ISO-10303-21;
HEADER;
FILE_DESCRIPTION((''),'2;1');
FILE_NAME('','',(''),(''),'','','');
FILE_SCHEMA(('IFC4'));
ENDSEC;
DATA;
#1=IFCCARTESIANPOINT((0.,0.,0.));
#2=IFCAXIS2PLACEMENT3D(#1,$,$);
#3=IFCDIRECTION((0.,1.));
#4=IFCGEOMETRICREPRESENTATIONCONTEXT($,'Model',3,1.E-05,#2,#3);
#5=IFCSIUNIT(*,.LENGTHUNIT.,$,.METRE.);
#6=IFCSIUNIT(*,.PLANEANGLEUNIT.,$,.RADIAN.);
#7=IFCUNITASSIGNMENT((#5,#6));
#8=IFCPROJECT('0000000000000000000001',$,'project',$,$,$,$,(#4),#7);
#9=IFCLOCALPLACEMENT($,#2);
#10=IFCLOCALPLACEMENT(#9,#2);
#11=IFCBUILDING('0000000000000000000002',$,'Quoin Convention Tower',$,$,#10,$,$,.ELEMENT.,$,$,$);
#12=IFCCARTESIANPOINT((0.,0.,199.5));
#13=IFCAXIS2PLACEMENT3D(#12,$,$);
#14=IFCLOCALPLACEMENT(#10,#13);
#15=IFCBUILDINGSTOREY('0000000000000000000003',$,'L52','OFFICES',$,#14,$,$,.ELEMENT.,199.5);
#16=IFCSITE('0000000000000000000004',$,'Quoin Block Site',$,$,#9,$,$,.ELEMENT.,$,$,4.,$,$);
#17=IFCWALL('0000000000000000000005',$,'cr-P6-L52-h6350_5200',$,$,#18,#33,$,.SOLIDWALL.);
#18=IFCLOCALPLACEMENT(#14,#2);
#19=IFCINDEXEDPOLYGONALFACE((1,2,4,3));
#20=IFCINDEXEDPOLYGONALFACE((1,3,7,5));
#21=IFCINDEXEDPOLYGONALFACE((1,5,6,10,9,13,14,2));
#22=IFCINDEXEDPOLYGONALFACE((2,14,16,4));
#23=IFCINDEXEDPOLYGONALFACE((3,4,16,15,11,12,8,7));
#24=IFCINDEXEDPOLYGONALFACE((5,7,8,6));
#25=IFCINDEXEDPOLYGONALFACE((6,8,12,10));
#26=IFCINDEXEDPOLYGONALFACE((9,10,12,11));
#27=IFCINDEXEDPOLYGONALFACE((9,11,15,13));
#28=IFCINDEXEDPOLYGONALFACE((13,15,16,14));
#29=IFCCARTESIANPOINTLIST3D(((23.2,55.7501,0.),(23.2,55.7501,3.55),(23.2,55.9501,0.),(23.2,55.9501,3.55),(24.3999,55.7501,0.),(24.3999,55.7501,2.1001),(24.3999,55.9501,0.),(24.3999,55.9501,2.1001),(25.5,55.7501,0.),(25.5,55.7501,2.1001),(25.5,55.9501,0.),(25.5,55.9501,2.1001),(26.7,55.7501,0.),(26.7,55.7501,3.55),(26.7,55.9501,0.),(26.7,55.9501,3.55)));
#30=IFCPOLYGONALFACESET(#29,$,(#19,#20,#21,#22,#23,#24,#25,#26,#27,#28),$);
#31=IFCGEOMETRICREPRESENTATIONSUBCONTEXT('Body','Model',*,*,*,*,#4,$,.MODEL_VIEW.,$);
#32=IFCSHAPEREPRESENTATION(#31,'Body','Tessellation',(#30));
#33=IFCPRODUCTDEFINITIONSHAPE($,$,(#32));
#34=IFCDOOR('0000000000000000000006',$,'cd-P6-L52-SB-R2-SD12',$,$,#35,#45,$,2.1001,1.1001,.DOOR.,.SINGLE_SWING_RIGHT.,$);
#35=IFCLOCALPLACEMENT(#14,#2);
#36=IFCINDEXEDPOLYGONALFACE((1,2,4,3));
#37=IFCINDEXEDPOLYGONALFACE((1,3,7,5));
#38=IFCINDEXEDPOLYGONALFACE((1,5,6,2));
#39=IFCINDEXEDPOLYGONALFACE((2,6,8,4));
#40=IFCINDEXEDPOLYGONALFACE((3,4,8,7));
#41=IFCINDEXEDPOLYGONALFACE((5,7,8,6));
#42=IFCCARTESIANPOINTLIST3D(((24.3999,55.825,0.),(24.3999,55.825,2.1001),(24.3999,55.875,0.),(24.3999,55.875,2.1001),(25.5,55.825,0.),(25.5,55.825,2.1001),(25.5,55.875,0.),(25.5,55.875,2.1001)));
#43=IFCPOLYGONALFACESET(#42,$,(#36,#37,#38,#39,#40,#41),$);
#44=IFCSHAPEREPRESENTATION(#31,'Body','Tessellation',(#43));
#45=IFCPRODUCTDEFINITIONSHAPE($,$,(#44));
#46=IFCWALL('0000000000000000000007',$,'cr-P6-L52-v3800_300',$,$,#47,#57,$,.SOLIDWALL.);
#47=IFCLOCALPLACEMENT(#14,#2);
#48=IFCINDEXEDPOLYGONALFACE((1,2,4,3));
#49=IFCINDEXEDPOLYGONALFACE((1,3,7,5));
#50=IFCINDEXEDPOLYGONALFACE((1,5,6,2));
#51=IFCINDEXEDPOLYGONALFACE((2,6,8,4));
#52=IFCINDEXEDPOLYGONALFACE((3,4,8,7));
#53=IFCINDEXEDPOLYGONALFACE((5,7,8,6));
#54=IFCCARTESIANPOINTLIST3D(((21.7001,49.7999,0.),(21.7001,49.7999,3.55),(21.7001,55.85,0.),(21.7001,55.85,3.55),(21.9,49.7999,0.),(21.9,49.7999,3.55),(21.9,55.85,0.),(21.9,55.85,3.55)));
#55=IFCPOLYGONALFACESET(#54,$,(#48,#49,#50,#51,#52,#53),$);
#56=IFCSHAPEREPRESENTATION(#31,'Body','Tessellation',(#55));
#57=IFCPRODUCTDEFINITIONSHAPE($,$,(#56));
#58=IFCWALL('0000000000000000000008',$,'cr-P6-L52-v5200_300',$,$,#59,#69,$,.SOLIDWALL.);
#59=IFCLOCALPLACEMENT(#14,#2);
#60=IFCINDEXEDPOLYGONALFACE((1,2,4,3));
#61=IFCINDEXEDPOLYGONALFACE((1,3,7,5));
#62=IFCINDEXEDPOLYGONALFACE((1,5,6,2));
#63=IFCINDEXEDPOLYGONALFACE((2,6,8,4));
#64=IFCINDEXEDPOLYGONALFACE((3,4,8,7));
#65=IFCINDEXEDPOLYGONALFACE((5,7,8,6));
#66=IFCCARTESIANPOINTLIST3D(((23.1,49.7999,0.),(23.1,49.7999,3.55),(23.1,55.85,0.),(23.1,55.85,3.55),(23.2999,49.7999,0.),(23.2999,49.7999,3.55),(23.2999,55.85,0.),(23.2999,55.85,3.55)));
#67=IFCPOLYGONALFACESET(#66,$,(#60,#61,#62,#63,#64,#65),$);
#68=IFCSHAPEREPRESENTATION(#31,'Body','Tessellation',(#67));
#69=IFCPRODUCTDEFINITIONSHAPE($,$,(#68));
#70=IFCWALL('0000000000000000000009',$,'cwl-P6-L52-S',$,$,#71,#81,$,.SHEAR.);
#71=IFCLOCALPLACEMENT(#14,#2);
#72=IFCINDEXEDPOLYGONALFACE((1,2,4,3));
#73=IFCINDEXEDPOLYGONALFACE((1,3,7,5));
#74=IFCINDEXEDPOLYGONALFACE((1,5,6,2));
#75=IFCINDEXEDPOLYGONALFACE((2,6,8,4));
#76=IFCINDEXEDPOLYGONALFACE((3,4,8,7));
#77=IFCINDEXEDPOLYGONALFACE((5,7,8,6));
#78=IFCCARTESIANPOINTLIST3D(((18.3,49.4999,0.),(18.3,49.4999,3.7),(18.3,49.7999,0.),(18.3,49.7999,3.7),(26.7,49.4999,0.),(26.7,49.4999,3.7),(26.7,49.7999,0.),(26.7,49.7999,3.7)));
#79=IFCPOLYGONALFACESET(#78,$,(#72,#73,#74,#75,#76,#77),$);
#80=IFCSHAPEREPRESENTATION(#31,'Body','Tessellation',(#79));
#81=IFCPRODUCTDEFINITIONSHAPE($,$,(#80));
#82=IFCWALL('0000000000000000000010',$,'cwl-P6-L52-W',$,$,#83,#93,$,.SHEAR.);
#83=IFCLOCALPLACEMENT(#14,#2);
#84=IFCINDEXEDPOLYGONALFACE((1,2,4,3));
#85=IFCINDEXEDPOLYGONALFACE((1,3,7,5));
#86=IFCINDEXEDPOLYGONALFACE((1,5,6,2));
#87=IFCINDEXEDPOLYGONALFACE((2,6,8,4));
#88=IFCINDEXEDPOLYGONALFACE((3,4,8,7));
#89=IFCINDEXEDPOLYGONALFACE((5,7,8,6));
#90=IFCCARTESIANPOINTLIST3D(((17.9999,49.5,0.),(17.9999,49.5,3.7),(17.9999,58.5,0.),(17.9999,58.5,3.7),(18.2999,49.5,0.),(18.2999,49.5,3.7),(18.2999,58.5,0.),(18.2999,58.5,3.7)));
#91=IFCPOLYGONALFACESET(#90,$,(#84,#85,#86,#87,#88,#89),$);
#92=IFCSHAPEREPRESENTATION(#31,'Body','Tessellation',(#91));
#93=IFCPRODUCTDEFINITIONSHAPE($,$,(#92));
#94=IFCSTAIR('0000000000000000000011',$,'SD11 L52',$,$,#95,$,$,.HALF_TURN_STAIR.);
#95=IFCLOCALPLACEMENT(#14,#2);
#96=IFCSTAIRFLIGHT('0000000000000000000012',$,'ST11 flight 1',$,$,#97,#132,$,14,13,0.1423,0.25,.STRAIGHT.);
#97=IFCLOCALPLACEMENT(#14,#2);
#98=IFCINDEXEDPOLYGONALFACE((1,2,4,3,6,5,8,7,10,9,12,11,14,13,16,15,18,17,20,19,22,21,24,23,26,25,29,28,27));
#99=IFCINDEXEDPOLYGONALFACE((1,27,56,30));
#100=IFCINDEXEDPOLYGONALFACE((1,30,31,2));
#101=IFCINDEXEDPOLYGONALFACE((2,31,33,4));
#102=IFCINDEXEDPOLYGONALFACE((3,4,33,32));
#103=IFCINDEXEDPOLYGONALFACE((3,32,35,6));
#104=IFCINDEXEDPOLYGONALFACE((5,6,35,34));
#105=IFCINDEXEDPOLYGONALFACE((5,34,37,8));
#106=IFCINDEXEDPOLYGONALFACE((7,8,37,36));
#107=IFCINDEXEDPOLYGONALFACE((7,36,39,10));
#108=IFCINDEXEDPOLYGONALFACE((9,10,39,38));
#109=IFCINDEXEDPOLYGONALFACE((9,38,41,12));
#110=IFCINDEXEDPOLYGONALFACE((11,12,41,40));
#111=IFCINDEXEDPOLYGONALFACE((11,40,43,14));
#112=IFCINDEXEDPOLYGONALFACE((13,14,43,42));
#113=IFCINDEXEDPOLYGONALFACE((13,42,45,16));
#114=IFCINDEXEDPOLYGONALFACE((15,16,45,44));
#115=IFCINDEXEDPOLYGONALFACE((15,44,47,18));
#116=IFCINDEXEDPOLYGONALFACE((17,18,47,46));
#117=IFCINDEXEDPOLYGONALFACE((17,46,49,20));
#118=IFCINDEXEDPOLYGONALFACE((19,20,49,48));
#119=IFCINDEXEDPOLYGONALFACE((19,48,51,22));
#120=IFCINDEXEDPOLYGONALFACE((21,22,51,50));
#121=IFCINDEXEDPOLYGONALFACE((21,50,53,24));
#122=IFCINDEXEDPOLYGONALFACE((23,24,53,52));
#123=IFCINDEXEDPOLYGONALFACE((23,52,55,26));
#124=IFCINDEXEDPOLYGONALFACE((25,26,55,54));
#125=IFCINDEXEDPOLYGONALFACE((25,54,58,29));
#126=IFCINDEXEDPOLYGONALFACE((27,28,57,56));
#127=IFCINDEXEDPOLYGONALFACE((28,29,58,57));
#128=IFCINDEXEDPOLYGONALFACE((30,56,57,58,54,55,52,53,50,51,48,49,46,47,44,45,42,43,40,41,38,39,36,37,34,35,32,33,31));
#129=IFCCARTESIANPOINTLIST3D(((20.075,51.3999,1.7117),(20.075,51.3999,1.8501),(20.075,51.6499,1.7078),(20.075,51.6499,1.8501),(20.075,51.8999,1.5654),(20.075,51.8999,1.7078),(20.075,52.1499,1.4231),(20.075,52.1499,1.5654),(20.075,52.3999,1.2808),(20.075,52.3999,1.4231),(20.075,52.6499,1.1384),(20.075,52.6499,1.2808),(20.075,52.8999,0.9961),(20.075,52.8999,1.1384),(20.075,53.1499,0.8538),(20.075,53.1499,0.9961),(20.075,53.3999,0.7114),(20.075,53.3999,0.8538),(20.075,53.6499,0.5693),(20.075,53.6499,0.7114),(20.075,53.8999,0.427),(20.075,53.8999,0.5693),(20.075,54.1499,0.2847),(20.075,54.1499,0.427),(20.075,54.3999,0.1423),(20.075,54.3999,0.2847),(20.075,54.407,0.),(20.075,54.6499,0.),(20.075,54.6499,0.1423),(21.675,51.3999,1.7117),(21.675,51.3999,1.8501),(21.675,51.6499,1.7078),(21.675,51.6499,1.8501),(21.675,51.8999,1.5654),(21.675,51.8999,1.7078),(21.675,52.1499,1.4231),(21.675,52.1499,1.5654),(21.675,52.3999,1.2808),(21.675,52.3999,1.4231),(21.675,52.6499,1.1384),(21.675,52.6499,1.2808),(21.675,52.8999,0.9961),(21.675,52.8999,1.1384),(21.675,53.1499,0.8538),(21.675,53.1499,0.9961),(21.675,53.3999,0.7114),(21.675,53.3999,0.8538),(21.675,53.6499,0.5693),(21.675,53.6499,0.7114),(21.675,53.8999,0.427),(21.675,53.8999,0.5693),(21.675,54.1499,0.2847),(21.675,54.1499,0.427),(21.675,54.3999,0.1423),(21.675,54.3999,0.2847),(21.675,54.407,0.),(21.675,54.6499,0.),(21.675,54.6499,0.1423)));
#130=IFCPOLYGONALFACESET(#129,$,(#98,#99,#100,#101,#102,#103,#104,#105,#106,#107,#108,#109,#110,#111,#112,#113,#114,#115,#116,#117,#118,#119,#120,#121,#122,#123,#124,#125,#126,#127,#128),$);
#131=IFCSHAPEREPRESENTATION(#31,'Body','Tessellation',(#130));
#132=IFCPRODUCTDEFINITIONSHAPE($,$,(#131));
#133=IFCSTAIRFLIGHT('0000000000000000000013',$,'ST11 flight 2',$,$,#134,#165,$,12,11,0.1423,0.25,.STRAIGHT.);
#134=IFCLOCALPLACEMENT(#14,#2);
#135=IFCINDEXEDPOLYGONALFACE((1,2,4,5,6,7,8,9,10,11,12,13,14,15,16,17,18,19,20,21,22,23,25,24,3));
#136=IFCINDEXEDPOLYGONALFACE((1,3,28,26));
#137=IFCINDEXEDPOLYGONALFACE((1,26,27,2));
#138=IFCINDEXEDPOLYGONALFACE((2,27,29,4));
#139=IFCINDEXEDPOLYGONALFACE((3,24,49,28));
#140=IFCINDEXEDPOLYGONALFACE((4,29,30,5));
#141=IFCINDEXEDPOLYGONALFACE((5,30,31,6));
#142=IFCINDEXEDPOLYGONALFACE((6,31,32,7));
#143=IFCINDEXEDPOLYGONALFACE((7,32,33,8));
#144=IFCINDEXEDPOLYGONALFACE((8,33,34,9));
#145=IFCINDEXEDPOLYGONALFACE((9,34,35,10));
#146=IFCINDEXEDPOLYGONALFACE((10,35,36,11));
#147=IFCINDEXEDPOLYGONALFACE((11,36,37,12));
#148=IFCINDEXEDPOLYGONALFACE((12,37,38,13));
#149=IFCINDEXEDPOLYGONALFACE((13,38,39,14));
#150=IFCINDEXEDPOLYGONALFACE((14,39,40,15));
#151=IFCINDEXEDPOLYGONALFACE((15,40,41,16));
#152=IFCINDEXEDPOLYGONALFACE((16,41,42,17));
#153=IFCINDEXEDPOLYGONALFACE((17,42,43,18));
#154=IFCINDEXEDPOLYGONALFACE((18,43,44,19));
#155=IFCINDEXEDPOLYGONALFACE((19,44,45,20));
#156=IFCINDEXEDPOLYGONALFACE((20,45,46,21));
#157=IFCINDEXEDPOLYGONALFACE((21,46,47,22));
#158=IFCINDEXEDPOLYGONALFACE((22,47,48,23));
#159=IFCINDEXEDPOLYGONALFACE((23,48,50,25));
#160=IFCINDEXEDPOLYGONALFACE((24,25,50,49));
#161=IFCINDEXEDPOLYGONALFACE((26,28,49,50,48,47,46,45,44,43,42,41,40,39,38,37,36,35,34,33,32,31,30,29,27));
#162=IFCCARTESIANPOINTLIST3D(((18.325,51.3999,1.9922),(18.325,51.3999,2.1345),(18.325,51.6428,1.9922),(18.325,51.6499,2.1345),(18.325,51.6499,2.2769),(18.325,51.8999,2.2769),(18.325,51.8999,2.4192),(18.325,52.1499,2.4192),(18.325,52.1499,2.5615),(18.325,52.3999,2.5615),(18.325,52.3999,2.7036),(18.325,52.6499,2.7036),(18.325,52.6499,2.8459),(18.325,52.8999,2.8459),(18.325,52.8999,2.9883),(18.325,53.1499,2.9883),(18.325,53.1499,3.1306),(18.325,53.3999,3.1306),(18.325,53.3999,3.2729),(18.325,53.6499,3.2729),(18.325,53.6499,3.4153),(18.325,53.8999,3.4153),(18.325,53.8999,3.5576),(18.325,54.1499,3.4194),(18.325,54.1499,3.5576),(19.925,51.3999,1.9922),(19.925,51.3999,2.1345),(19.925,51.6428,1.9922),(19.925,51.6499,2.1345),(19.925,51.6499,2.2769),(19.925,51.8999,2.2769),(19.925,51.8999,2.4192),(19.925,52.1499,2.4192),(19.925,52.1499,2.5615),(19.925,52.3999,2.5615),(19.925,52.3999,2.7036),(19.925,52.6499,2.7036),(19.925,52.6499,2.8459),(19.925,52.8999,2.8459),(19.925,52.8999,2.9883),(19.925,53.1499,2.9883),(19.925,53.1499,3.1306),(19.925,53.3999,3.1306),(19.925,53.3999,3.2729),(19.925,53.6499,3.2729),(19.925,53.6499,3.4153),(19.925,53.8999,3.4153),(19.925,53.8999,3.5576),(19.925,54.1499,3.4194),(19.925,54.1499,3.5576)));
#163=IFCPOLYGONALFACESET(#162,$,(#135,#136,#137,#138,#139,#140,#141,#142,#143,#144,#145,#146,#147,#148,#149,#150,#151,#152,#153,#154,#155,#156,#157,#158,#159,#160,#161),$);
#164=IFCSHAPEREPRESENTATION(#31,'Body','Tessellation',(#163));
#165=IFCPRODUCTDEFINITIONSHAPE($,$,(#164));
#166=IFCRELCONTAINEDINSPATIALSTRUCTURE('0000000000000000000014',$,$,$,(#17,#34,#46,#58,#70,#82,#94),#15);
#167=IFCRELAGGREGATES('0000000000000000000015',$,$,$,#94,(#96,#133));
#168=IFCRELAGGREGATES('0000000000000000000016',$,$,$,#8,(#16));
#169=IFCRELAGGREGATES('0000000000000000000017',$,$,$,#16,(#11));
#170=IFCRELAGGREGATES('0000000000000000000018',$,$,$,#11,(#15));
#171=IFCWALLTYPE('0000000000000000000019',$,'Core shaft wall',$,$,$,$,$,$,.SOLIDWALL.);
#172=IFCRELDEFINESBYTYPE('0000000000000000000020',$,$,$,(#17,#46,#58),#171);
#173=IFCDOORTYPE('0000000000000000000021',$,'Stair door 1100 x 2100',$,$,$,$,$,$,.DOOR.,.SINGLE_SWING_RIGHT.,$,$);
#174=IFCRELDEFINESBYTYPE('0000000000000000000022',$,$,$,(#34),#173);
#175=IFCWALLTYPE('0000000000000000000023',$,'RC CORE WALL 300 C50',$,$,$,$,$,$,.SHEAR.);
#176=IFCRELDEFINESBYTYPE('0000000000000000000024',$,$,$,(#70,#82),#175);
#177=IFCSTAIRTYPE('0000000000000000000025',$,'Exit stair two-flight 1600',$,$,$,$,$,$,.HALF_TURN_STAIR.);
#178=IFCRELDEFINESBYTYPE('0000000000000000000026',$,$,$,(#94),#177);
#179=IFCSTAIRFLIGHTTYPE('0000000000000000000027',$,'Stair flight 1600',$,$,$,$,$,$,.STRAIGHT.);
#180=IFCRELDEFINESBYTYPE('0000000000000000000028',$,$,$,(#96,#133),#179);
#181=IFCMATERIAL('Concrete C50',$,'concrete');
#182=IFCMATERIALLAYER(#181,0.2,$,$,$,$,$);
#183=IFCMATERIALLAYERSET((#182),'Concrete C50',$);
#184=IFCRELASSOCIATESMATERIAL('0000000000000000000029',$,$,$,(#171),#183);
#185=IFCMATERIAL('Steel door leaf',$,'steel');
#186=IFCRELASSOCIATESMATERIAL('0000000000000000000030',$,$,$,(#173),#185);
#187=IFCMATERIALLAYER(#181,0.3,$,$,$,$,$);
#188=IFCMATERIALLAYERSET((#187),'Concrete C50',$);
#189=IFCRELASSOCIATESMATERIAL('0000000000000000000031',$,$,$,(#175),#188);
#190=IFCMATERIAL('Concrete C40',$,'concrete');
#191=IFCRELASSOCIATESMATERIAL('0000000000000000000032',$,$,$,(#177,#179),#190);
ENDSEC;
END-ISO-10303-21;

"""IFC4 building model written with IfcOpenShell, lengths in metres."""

from ifc_helpers import new_model, si_unit, direction, frame, frame_2d, origin, place, context, subcontext, project, spatial, polyline, rectangle, outline, extrude, material, layer, layer_set, type_object, element, fill, aggregate, save


model = new_model("IFC4")

# Units and contexts
model_context = context("Model", 3, precision=1e-05, world=origin(), true_north=direction((0.0, 1.0)))
body_context = subcontext(model_context, "Body", "Model", "MODEL_VIEW")
ifc_project = project(units=[si_unit("LENGTHUNIT", "METRE"), si_unit("PLANEANGLEUNIT", "RADIAN")], contexts=[model_context])

# Site, building, storey
site_placement = place(None, origin())
site = spatial("IfcSite", under=ifc_project, at=site_placement, Name="Quoin Block Site", CompositionType="ELEMENT", RefElevation=4.0)
building_placement = place(site_placement, origin())
building = spatial("IfcBuilding", under=site, at=building_placement, Name="Quoin Convention Tower", CompositionType="ELEMENT")
storey_placement = place(building_placement, frame((0.0, 0.0, 199.5)))
storey = spatial("IfcBuildingStorey", under=building, at=storey_placement, Name="L52", Description="OFFICES", CompositionType="ELEMENT", Elevation=199.5)

# Shared definitions
ifc_material_1 = material(Name="Concrete C50", Category="concrete")

# Shared definitions
ifc_layer_1 = layer(ifc_material_1, 0.2)
ifc_layer_set_1 = layer_set([ifc_layer_1], Name="Concrete C50")
wall_type_1 = type_object("IfcWallType", Name="Core shaft wall", PredefinedType="SOLIDWALL", material=ifc_layer_set_1)

# Wall, opening, door
ifc_material_2 = material(Name="Steel door leaf", Category="steel")
door_type = type_object("IfcDoorType", Name="Stair door 1100 x 2100", OperationType="SINGLE_SWING_RIGHT", PredefinedType="DOOR", material=ifc_material_2)
wall_1_placement = place(storey_placement, frame((23.2, 55.8501, 0.0), z_axis=(0.0, 0.0, 1.0), x_axis=(1.0, 0.0, 0.0)))
wall_1 = element("IfcWall", 1, at=wall_1_placement, inside=storey, type_object=wall_type_1, Name="cr-P6-L52-h6350_5200", PredefinedType="SOLIDWALL", context=body_context, shape_type="SweptSolid", body=[
    extrude(rectangle(XDim=3.5, YDim=0.2, at=frame_2d((1.75, 0.0))), origin(), (0.0, 0.0, 1.0), 3.55),
])
opening_1_placement = place(wall_1_placement, frame((1.2, 0.0, 0.0)))
opening_1 = element("IfcOpeningElement", 2, at=opening_1_placement, cuts=wall_1, PredefinedType="OPENING", context=body_context, shape_type="SweptSolid", body=[
    extrude(rectangle(XDim=1.1001, YDim=2.1001, at=frame_2d((0.55, 1.05))), frame((0.0, 0.1099, 0.0), z_axis=(0.0, -1.0, 0.0), x_axis=(1.0, 0.0, 0.0)), (0.0, 0.0, 1.0), 0.22),
])
door_1_placement = place(opening_1_placement, origin())
door_1 = element("IfcDoor", 3, at=door_1_placement, inside=storey, type_object=door_type, Name="cd-P6-L52-SB-R2-SD12", OperationType="SINGLE_SWING_RIGHT", OverallHeight=2.1001, OverallWidth=1.1001, PredefinedType="DOOR", context=body_context, shape_type="SweptSolid", body=[
    extrude(rectangle(XDim=1.1001, YDim=2.1001, at=frame_2d((0.55, 1.05))), frame((0.0, 0.0249, 0.0), z_axis=(0.0, -1.0, 0.0), x_axis=(1.0, 0.0, 0.0)), (0.0, 0.0, 1.0), 0.05),
])
fill(opening_1, door_1)

# Walls
for number, where, z_axis, x_axis, name in (
    (4, (21.8, 49.8, 0.0), (0.0, 0.0, 1.0), (0.0, 1.0, 0.0), "cr-P6-L52-v3800_300"),
    (5, (23.2, 49.8, 0.0), (0.0, 0.0, 1.0), (0.0, 1.0, 0.0), "cr-P6-L52-v5200_300"),
):
    element("IfcWall", number, at=place(storey_placement, frame(where, z_axis=z_axis, x_axis=x_axis)), inside=storey, type_object=wall_type_1, Name=name, PredefinedType="SOLIDWALL", context=body_context, shape_type="SweptSolid", body=[
        extrude(rectangle(XDim=6.05, YDim=0.2, at=frame_2d((3.0249, 0.0))), origin(), (0.0, 0.0, 1.0), 3.55),
    ])
ifc_layer_2 = layer(ifc_material_1, 0.3)
ifc_layer_set_2 = layer_set([ifc_layer_2], Name="Concrete C50")
wall_type_2 = type_object("IfcWallType", Name="RC CORE WALL 300 C50", PredefinedType="SHEAR", material=ifc_layer_set_2)
wall_2_placement = place(storey_placement, frame((18.3, 49.6499, 0.0), z_axis=(0.0, 0.0, 1.0), x_axis=(1.0, 0.0, 0.0)))
element("IfcWall", 6, at=wall_2_placement, inside=storey, type_object=wall_type_2, Name="cwl-P6-L52-S", PredefinedType="SHEAR", context=body_context, shape_type="SweptSolid", body=[
    extrude(rectangle(XDim=8.3999, YDim=0.3, at=frame_2d((4.2, 0.0))), origin(), (0.0, 0.0, 1.0), 3.7),
])
wall_3_placement = place(storey_placement, frame((18.1499, 49.5, 0.0), z_axis=(0.0, 0.0, 1.0), x_axis=(0.0, 1.0, 0.0)))
element("IfcWall", 7, at=wall_3_placement, inside=storey, type_object=wall_type_2, Name="cwl-P6-L52-W", PredefinedType="SHEAR", context=body_context, shape_type="SweptSolid", body=[
    extrude(rectangle(XDim=9.0, YDim=0.3, at=frame_2d((4.5, 0.0))), origin(), (0.0, 0.0, 1.0), 3.7),
])

# Stair, stair flights
ifc_material_3 = material(Name="Concrete C40", Category="concrete")
stair_type = type_object("IfcStairType", Name="Exit stair two-flight 1600", PredefinedType="HALF_TURN_STAIR", material=ifc_material_3)
stair_1_placement = place(storey_placement, origin())
stair_1 = element("IfcStair", 8, at=stair_1_placement, inside=storey, type_object=stair_type, Name="SD11 L52", PredefinedType="HALF_TURN_STAIR")
stair_flight_type = type_object("IfcStairFlightType", Name="Stair flight 1600", PredefinedType="STRAIGHT", material=ifc_material_3)
stair_flight_1_placement = place(storey_placement, frame((20.875, 54.6499, 0.0), z_axis=(0.0, 0.0, 1.0), x_axis=(0.0, -1.0, 0.0)))
stair_flight_1 = element("IfcStairFlight", 9, at=stair_flight_1_placement, type_object=stair_flight_type, Name="ST11 flight 1", NumberOfRisers=14, NumberOfTreads=13, PredefinedType="STRAIGHT", RiserHeight=0.1423, TreadLength=0.25, context=body_context, shape_type="SweptSolid", body=[
    extrude(outline(polyline([(0.0, 0.0), (0.0, 0.1423), (0.25, 0.1423), (0.25, 0.2847), (0.5, 0.2847), (0.5, 0.427), (0.75, 0.427), (0.75, 0.5693), (1.0, 0.5693), (1.0, 0.7114), (1.25, 0.7114), (1.25, 0.8538), (1.5, 0.8538), (1.5, 0.9961), (1.75, 0.9961), (1.75, 1.1384), (2.0, 1.1384), (2.0, 1.2808), (2.25, 1.2808), (2.25, 1.4231), (2.5, 1.4231), (2.5, 1.5654), (2.75, 1.5654), (2.75, 1.7078), (3.0, 1.7078), (3.0, 1.8501), (3.25, 1.8501), (3.25, 1.9922), (3.25, 1.7117), (0.2429, 0.0), (0.0, 0.0)])), frame((0.0, 0.8, 0.0), z_axis=(0.0, -1.0, 0.0), x_axis=(1.0, 0.0, 0.0)), (0.0, 0.0, 1.0), 1.6001),
])
stair_flight_2_placement = place(storey_placement, frame((19.125, 51.3999, 1.9922), z_axis=(0.0, 0.0, 1.0), x_axis=(0.0, 1.0, 0.0)))
stair_flight_2 = element("IfcStairFlight", 10, at=stair_flight_2_placement, type_object=stair_flight_type, Name="ST11 flight 2", NumberOfRisers=12, NumberOfTreads=11, PredefinedType="STRAIGHT", RiserHeight=0.1423, TreadLength=0.25, context=body_context, shape_type="SweptSolid", body=[
    extrude(outline(polyline([(0.0, 0.0), (0.0, 0.1423), (0.25, 0.1423), (0.25, 0.2847), (0.5, 0.2847), (0.5, 0.427), (0.75, 0.427), (0.75, 0.5693), (1.0, 0.5693), (1.0, 0.7114), (1.25, 0.7114), (1.25, 0.8538), (1.5, 0.8538), (1.5, 0.9961), (1.75, 0.9961), (1.75, 1.1384), (2.0, 1.1384), (2.0, 1.2808), (2.25, 1.2808), (2.25, 1.4231), (2.5, 1.4231), (2.5, 1.5654), (2.75, 1.5654), (2.75, 1.7078), (2.75, 1.4272), (0.2429, 0.0), (0.0, 0.0)])), frame((0.0, 0.8, 0.0), z_axis=(0.0, -1.0, 0.0), x_axis=(1.0, 0.0, 0.0)), (0.0, 0.0, 1.0), 1.6001),
])
aggregate(stair_1, [stair_flight_1, stair_flight_2])

save(model, "model.ifc")
